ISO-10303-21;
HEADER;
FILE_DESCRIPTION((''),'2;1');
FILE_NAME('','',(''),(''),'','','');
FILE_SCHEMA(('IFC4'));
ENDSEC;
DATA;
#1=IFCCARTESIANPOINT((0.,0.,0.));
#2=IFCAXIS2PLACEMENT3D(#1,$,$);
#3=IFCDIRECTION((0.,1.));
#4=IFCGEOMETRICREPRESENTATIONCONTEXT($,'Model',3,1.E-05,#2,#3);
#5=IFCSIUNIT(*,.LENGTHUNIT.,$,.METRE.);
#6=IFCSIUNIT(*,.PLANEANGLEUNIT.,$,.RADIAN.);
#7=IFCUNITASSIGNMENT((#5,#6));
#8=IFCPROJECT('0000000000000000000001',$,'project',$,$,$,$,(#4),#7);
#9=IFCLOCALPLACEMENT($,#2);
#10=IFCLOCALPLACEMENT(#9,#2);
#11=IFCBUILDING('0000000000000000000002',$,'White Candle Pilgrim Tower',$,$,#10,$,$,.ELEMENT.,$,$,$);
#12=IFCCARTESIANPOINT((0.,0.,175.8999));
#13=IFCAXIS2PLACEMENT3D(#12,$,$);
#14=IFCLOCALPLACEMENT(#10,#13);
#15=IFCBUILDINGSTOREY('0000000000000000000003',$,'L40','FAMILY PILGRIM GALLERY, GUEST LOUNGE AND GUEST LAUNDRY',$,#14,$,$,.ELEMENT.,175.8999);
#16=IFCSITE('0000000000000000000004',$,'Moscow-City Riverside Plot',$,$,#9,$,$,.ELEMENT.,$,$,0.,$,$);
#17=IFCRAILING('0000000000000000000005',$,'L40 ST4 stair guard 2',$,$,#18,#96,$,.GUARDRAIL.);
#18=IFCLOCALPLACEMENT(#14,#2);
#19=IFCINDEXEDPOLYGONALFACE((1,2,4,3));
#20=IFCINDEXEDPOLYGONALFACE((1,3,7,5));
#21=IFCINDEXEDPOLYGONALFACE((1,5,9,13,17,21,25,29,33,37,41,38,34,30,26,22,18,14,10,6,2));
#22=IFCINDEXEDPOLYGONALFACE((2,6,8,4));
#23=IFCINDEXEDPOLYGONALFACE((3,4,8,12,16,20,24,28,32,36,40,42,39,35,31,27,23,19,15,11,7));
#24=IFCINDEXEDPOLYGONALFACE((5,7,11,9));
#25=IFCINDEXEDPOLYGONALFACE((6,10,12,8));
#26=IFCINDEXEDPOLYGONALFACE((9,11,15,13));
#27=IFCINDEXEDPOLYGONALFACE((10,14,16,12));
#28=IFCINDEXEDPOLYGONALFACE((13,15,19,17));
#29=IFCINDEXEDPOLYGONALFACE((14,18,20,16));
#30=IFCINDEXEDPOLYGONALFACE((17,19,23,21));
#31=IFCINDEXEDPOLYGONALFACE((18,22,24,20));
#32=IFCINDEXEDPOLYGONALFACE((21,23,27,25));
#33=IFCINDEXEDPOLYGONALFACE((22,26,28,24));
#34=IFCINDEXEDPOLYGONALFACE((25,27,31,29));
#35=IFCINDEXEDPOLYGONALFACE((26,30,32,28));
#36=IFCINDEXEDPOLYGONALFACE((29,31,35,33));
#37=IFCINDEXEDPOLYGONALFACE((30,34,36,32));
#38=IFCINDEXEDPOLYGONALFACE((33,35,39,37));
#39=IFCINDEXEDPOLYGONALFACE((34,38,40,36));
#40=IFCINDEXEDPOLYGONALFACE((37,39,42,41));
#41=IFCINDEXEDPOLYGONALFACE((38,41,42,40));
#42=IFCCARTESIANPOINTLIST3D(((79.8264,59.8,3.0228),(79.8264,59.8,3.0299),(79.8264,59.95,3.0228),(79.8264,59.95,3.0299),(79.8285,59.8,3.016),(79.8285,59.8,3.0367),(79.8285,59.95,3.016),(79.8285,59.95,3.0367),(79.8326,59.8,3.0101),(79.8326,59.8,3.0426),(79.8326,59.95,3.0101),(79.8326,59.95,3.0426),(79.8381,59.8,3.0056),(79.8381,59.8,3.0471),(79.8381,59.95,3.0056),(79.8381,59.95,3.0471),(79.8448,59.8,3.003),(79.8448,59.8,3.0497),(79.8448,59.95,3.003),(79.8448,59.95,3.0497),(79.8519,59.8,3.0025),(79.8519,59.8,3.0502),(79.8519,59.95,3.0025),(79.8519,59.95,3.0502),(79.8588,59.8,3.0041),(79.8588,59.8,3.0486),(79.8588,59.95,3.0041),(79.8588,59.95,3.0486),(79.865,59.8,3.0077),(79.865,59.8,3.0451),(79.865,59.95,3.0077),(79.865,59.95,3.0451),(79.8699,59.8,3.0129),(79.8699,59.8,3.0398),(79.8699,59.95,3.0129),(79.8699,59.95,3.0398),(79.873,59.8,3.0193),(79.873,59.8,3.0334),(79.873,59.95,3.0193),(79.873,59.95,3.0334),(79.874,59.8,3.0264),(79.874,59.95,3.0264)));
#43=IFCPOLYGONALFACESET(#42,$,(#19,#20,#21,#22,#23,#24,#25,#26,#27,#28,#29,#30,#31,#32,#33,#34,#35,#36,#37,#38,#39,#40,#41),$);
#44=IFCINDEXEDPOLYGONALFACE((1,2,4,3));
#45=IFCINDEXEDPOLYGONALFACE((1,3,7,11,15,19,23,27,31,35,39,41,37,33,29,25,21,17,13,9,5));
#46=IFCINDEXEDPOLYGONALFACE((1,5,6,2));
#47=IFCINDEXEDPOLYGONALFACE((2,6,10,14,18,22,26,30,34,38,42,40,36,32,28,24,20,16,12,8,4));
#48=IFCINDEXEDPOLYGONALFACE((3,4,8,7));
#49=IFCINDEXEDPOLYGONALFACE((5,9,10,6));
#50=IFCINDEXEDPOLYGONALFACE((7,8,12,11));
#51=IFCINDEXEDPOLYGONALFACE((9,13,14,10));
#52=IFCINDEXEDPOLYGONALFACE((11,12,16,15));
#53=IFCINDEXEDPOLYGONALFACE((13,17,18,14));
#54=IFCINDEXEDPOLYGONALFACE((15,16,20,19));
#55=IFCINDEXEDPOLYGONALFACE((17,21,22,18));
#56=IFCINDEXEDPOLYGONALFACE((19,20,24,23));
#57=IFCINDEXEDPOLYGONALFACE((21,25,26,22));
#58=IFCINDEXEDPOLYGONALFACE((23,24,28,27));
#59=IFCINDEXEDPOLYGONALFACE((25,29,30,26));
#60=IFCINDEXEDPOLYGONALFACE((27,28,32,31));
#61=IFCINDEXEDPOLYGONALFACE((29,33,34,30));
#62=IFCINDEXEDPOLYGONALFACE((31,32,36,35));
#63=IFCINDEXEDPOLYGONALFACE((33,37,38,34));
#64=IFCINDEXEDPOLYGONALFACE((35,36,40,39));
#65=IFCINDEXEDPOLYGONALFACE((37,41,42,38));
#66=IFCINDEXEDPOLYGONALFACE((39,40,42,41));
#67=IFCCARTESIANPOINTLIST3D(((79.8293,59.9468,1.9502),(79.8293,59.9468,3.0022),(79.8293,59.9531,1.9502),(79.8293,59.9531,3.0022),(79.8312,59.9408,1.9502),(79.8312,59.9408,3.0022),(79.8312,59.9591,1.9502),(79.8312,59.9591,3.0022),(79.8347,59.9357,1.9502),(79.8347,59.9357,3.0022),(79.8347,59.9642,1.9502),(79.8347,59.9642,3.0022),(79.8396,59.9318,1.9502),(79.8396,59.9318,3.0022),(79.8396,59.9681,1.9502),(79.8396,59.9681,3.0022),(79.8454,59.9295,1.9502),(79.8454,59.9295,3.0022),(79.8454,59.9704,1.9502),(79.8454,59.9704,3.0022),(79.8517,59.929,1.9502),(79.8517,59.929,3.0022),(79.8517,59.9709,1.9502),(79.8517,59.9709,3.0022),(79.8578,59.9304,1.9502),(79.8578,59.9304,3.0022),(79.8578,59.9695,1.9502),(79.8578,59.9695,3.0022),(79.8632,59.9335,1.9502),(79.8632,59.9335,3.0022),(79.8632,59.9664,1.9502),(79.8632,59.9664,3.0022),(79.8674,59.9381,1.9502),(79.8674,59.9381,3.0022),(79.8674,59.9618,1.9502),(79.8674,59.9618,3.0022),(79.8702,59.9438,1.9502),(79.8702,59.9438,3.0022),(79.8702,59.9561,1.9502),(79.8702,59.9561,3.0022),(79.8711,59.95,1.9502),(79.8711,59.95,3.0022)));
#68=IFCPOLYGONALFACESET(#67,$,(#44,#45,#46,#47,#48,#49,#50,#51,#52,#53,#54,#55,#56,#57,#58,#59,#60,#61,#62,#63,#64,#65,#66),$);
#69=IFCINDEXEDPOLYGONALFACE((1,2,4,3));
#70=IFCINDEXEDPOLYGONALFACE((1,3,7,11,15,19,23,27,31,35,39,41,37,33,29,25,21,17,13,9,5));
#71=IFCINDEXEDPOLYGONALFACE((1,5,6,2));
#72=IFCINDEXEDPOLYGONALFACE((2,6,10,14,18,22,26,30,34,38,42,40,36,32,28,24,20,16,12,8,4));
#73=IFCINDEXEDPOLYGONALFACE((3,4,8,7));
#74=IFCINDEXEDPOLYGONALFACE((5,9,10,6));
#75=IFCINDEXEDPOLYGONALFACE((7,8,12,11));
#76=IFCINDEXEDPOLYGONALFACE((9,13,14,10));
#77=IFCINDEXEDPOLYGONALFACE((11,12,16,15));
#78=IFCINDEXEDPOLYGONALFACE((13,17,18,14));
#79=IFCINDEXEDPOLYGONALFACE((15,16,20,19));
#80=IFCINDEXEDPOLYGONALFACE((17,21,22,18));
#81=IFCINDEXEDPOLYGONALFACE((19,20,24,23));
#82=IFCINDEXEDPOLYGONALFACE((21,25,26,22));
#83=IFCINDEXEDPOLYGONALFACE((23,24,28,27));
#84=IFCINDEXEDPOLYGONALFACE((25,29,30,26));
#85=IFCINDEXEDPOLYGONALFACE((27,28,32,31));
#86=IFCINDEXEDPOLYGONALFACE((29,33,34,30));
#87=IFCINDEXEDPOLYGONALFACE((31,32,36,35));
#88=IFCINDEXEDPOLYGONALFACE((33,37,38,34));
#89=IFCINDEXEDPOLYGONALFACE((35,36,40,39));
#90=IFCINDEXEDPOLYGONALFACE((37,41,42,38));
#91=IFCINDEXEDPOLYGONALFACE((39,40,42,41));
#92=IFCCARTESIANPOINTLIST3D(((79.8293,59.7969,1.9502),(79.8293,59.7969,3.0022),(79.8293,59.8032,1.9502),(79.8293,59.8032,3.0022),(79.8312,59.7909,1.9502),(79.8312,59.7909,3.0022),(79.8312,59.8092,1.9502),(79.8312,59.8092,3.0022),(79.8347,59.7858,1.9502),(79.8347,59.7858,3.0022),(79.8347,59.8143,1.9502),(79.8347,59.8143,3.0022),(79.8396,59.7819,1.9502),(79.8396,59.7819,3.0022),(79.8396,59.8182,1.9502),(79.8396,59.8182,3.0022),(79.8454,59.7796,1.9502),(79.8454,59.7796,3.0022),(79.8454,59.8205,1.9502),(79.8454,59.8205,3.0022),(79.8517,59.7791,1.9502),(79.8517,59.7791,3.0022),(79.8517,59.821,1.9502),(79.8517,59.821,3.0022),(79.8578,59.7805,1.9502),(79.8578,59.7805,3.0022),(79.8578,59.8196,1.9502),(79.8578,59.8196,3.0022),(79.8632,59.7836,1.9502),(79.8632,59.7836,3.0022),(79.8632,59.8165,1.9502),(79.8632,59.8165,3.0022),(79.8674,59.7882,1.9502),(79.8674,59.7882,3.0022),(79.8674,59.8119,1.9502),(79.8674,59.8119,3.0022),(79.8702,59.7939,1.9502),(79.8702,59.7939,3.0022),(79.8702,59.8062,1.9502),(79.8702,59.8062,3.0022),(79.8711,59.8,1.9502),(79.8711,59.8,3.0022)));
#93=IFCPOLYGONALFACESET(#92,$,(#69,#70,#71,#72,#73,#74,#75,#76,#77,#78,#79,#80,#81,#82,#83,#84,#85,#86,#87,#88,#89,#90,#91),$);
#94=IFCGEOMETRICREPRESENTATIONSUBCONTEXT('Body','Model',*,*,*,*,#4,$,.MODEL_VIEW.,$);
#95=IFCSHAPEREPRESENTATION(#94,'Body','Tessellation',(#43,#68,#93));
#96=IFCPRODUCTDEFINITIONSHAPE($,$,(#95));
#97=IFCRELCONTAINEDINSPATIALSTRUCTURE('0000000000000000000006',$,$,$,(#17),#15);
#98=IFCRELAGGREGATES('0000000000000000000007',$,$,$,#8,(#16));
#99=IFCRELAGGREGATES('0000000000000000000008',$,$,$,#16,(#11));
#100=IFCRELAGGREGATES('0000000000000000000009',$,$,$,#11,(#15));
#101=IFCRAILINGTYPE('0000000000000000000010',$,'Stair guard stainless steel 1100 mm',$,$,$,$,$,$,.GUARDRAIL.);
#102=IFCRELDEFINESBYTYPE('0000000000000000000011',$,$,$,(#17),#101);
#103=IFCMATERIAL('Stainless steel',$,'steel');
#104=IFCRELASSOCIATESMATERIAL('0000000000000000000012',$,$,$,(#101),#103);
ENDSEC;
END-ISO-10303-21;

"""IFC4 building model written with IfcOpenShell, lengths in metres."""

from ifc_helpers import new_model, si_unit, direction, frame, origin, origin_2d, place, context, subcontext, project, spatial, circle, extrude, material, type_object, element, save


model = new_model("IFC4")

# Units and contexts
model_context = context("Model", 3, precision=1e-05, world=origin(), true_north=direction((0.0, 1.0)))
body_context = subcontext(model_context, "Body", "Model", "MODEL_VIEW")
ifc_project = project(units=[si_unit("LENGTHUNIT", "METRE"), si_unit("PLANEANGLEUNIT", "RADIAN")], contexts=[model_context])

# Site, building, storey
site_placement = place(None, origin())
site = spatial("IfcSite", under=ifc_project, at=site_placement, Name="Moscow-City Riverside Plot", CompositionType="ELEMENT", RefElevation=0.0)
building_placement = place(site_placement, origin())
building = spatial("IfcBuilding", under=site, at=building_placement, Name="White Candle Pilgrim Tower", CompositionType="ELEMENT")
storey_placement = place(building_placement, frame((0.0, 0.0, 175.8999)))
storey = spatial("IfcBuildingStorey", under=building, at=storey_placement, Name="L40", Description="FAMILY PILGRIM GALLERY, GUEST LOUNGE AND GUEST LAUNDRY", CompositionType="ELEMENT", Elevation=175.8999)

# Railing
ifc_material_1 = material(Name="Stainless steel", Category="steel")
railing_type_1 = type_object("IfcRailingType", Name="Stair guard stainless steel 1100 mm", PredefinedType="GUARDRAIL", material=ifc_material_1)
railing_1_placement = place(storey_placement, frame((79.8501, 59.95, 1.9502)))
element("IfcRailing", 1, at=railing_1_placement, inside=storey, type_object=railing_type_1, Name="L40 ST4 stair guard 2", PredefinedType="GUARDRAIL", context=body_context, shape_type="SweptSolid", body=[
    extrude(circle(Radius=0.0239, at=origin_2d()), frame((0.0, 0.0, 1.0762), z_axis=(0.0, -1.0, 0.0), x_axis=(1.0, 0.0, 0.0)), (0.0, 0.0, 1.0), 0.1499),
    extrude(circle(Radius=0.021, at=origin_2d()), origin(), (0.0, 0.0, 1.0), 1.052),
    extrude(circle(Radius=0.021, at=origin_2d()), frame((0.0, -0.1499, 0.0)), (0.0, 0.0, 1.0), 1.052),
])

save(model, "model.ifc")
